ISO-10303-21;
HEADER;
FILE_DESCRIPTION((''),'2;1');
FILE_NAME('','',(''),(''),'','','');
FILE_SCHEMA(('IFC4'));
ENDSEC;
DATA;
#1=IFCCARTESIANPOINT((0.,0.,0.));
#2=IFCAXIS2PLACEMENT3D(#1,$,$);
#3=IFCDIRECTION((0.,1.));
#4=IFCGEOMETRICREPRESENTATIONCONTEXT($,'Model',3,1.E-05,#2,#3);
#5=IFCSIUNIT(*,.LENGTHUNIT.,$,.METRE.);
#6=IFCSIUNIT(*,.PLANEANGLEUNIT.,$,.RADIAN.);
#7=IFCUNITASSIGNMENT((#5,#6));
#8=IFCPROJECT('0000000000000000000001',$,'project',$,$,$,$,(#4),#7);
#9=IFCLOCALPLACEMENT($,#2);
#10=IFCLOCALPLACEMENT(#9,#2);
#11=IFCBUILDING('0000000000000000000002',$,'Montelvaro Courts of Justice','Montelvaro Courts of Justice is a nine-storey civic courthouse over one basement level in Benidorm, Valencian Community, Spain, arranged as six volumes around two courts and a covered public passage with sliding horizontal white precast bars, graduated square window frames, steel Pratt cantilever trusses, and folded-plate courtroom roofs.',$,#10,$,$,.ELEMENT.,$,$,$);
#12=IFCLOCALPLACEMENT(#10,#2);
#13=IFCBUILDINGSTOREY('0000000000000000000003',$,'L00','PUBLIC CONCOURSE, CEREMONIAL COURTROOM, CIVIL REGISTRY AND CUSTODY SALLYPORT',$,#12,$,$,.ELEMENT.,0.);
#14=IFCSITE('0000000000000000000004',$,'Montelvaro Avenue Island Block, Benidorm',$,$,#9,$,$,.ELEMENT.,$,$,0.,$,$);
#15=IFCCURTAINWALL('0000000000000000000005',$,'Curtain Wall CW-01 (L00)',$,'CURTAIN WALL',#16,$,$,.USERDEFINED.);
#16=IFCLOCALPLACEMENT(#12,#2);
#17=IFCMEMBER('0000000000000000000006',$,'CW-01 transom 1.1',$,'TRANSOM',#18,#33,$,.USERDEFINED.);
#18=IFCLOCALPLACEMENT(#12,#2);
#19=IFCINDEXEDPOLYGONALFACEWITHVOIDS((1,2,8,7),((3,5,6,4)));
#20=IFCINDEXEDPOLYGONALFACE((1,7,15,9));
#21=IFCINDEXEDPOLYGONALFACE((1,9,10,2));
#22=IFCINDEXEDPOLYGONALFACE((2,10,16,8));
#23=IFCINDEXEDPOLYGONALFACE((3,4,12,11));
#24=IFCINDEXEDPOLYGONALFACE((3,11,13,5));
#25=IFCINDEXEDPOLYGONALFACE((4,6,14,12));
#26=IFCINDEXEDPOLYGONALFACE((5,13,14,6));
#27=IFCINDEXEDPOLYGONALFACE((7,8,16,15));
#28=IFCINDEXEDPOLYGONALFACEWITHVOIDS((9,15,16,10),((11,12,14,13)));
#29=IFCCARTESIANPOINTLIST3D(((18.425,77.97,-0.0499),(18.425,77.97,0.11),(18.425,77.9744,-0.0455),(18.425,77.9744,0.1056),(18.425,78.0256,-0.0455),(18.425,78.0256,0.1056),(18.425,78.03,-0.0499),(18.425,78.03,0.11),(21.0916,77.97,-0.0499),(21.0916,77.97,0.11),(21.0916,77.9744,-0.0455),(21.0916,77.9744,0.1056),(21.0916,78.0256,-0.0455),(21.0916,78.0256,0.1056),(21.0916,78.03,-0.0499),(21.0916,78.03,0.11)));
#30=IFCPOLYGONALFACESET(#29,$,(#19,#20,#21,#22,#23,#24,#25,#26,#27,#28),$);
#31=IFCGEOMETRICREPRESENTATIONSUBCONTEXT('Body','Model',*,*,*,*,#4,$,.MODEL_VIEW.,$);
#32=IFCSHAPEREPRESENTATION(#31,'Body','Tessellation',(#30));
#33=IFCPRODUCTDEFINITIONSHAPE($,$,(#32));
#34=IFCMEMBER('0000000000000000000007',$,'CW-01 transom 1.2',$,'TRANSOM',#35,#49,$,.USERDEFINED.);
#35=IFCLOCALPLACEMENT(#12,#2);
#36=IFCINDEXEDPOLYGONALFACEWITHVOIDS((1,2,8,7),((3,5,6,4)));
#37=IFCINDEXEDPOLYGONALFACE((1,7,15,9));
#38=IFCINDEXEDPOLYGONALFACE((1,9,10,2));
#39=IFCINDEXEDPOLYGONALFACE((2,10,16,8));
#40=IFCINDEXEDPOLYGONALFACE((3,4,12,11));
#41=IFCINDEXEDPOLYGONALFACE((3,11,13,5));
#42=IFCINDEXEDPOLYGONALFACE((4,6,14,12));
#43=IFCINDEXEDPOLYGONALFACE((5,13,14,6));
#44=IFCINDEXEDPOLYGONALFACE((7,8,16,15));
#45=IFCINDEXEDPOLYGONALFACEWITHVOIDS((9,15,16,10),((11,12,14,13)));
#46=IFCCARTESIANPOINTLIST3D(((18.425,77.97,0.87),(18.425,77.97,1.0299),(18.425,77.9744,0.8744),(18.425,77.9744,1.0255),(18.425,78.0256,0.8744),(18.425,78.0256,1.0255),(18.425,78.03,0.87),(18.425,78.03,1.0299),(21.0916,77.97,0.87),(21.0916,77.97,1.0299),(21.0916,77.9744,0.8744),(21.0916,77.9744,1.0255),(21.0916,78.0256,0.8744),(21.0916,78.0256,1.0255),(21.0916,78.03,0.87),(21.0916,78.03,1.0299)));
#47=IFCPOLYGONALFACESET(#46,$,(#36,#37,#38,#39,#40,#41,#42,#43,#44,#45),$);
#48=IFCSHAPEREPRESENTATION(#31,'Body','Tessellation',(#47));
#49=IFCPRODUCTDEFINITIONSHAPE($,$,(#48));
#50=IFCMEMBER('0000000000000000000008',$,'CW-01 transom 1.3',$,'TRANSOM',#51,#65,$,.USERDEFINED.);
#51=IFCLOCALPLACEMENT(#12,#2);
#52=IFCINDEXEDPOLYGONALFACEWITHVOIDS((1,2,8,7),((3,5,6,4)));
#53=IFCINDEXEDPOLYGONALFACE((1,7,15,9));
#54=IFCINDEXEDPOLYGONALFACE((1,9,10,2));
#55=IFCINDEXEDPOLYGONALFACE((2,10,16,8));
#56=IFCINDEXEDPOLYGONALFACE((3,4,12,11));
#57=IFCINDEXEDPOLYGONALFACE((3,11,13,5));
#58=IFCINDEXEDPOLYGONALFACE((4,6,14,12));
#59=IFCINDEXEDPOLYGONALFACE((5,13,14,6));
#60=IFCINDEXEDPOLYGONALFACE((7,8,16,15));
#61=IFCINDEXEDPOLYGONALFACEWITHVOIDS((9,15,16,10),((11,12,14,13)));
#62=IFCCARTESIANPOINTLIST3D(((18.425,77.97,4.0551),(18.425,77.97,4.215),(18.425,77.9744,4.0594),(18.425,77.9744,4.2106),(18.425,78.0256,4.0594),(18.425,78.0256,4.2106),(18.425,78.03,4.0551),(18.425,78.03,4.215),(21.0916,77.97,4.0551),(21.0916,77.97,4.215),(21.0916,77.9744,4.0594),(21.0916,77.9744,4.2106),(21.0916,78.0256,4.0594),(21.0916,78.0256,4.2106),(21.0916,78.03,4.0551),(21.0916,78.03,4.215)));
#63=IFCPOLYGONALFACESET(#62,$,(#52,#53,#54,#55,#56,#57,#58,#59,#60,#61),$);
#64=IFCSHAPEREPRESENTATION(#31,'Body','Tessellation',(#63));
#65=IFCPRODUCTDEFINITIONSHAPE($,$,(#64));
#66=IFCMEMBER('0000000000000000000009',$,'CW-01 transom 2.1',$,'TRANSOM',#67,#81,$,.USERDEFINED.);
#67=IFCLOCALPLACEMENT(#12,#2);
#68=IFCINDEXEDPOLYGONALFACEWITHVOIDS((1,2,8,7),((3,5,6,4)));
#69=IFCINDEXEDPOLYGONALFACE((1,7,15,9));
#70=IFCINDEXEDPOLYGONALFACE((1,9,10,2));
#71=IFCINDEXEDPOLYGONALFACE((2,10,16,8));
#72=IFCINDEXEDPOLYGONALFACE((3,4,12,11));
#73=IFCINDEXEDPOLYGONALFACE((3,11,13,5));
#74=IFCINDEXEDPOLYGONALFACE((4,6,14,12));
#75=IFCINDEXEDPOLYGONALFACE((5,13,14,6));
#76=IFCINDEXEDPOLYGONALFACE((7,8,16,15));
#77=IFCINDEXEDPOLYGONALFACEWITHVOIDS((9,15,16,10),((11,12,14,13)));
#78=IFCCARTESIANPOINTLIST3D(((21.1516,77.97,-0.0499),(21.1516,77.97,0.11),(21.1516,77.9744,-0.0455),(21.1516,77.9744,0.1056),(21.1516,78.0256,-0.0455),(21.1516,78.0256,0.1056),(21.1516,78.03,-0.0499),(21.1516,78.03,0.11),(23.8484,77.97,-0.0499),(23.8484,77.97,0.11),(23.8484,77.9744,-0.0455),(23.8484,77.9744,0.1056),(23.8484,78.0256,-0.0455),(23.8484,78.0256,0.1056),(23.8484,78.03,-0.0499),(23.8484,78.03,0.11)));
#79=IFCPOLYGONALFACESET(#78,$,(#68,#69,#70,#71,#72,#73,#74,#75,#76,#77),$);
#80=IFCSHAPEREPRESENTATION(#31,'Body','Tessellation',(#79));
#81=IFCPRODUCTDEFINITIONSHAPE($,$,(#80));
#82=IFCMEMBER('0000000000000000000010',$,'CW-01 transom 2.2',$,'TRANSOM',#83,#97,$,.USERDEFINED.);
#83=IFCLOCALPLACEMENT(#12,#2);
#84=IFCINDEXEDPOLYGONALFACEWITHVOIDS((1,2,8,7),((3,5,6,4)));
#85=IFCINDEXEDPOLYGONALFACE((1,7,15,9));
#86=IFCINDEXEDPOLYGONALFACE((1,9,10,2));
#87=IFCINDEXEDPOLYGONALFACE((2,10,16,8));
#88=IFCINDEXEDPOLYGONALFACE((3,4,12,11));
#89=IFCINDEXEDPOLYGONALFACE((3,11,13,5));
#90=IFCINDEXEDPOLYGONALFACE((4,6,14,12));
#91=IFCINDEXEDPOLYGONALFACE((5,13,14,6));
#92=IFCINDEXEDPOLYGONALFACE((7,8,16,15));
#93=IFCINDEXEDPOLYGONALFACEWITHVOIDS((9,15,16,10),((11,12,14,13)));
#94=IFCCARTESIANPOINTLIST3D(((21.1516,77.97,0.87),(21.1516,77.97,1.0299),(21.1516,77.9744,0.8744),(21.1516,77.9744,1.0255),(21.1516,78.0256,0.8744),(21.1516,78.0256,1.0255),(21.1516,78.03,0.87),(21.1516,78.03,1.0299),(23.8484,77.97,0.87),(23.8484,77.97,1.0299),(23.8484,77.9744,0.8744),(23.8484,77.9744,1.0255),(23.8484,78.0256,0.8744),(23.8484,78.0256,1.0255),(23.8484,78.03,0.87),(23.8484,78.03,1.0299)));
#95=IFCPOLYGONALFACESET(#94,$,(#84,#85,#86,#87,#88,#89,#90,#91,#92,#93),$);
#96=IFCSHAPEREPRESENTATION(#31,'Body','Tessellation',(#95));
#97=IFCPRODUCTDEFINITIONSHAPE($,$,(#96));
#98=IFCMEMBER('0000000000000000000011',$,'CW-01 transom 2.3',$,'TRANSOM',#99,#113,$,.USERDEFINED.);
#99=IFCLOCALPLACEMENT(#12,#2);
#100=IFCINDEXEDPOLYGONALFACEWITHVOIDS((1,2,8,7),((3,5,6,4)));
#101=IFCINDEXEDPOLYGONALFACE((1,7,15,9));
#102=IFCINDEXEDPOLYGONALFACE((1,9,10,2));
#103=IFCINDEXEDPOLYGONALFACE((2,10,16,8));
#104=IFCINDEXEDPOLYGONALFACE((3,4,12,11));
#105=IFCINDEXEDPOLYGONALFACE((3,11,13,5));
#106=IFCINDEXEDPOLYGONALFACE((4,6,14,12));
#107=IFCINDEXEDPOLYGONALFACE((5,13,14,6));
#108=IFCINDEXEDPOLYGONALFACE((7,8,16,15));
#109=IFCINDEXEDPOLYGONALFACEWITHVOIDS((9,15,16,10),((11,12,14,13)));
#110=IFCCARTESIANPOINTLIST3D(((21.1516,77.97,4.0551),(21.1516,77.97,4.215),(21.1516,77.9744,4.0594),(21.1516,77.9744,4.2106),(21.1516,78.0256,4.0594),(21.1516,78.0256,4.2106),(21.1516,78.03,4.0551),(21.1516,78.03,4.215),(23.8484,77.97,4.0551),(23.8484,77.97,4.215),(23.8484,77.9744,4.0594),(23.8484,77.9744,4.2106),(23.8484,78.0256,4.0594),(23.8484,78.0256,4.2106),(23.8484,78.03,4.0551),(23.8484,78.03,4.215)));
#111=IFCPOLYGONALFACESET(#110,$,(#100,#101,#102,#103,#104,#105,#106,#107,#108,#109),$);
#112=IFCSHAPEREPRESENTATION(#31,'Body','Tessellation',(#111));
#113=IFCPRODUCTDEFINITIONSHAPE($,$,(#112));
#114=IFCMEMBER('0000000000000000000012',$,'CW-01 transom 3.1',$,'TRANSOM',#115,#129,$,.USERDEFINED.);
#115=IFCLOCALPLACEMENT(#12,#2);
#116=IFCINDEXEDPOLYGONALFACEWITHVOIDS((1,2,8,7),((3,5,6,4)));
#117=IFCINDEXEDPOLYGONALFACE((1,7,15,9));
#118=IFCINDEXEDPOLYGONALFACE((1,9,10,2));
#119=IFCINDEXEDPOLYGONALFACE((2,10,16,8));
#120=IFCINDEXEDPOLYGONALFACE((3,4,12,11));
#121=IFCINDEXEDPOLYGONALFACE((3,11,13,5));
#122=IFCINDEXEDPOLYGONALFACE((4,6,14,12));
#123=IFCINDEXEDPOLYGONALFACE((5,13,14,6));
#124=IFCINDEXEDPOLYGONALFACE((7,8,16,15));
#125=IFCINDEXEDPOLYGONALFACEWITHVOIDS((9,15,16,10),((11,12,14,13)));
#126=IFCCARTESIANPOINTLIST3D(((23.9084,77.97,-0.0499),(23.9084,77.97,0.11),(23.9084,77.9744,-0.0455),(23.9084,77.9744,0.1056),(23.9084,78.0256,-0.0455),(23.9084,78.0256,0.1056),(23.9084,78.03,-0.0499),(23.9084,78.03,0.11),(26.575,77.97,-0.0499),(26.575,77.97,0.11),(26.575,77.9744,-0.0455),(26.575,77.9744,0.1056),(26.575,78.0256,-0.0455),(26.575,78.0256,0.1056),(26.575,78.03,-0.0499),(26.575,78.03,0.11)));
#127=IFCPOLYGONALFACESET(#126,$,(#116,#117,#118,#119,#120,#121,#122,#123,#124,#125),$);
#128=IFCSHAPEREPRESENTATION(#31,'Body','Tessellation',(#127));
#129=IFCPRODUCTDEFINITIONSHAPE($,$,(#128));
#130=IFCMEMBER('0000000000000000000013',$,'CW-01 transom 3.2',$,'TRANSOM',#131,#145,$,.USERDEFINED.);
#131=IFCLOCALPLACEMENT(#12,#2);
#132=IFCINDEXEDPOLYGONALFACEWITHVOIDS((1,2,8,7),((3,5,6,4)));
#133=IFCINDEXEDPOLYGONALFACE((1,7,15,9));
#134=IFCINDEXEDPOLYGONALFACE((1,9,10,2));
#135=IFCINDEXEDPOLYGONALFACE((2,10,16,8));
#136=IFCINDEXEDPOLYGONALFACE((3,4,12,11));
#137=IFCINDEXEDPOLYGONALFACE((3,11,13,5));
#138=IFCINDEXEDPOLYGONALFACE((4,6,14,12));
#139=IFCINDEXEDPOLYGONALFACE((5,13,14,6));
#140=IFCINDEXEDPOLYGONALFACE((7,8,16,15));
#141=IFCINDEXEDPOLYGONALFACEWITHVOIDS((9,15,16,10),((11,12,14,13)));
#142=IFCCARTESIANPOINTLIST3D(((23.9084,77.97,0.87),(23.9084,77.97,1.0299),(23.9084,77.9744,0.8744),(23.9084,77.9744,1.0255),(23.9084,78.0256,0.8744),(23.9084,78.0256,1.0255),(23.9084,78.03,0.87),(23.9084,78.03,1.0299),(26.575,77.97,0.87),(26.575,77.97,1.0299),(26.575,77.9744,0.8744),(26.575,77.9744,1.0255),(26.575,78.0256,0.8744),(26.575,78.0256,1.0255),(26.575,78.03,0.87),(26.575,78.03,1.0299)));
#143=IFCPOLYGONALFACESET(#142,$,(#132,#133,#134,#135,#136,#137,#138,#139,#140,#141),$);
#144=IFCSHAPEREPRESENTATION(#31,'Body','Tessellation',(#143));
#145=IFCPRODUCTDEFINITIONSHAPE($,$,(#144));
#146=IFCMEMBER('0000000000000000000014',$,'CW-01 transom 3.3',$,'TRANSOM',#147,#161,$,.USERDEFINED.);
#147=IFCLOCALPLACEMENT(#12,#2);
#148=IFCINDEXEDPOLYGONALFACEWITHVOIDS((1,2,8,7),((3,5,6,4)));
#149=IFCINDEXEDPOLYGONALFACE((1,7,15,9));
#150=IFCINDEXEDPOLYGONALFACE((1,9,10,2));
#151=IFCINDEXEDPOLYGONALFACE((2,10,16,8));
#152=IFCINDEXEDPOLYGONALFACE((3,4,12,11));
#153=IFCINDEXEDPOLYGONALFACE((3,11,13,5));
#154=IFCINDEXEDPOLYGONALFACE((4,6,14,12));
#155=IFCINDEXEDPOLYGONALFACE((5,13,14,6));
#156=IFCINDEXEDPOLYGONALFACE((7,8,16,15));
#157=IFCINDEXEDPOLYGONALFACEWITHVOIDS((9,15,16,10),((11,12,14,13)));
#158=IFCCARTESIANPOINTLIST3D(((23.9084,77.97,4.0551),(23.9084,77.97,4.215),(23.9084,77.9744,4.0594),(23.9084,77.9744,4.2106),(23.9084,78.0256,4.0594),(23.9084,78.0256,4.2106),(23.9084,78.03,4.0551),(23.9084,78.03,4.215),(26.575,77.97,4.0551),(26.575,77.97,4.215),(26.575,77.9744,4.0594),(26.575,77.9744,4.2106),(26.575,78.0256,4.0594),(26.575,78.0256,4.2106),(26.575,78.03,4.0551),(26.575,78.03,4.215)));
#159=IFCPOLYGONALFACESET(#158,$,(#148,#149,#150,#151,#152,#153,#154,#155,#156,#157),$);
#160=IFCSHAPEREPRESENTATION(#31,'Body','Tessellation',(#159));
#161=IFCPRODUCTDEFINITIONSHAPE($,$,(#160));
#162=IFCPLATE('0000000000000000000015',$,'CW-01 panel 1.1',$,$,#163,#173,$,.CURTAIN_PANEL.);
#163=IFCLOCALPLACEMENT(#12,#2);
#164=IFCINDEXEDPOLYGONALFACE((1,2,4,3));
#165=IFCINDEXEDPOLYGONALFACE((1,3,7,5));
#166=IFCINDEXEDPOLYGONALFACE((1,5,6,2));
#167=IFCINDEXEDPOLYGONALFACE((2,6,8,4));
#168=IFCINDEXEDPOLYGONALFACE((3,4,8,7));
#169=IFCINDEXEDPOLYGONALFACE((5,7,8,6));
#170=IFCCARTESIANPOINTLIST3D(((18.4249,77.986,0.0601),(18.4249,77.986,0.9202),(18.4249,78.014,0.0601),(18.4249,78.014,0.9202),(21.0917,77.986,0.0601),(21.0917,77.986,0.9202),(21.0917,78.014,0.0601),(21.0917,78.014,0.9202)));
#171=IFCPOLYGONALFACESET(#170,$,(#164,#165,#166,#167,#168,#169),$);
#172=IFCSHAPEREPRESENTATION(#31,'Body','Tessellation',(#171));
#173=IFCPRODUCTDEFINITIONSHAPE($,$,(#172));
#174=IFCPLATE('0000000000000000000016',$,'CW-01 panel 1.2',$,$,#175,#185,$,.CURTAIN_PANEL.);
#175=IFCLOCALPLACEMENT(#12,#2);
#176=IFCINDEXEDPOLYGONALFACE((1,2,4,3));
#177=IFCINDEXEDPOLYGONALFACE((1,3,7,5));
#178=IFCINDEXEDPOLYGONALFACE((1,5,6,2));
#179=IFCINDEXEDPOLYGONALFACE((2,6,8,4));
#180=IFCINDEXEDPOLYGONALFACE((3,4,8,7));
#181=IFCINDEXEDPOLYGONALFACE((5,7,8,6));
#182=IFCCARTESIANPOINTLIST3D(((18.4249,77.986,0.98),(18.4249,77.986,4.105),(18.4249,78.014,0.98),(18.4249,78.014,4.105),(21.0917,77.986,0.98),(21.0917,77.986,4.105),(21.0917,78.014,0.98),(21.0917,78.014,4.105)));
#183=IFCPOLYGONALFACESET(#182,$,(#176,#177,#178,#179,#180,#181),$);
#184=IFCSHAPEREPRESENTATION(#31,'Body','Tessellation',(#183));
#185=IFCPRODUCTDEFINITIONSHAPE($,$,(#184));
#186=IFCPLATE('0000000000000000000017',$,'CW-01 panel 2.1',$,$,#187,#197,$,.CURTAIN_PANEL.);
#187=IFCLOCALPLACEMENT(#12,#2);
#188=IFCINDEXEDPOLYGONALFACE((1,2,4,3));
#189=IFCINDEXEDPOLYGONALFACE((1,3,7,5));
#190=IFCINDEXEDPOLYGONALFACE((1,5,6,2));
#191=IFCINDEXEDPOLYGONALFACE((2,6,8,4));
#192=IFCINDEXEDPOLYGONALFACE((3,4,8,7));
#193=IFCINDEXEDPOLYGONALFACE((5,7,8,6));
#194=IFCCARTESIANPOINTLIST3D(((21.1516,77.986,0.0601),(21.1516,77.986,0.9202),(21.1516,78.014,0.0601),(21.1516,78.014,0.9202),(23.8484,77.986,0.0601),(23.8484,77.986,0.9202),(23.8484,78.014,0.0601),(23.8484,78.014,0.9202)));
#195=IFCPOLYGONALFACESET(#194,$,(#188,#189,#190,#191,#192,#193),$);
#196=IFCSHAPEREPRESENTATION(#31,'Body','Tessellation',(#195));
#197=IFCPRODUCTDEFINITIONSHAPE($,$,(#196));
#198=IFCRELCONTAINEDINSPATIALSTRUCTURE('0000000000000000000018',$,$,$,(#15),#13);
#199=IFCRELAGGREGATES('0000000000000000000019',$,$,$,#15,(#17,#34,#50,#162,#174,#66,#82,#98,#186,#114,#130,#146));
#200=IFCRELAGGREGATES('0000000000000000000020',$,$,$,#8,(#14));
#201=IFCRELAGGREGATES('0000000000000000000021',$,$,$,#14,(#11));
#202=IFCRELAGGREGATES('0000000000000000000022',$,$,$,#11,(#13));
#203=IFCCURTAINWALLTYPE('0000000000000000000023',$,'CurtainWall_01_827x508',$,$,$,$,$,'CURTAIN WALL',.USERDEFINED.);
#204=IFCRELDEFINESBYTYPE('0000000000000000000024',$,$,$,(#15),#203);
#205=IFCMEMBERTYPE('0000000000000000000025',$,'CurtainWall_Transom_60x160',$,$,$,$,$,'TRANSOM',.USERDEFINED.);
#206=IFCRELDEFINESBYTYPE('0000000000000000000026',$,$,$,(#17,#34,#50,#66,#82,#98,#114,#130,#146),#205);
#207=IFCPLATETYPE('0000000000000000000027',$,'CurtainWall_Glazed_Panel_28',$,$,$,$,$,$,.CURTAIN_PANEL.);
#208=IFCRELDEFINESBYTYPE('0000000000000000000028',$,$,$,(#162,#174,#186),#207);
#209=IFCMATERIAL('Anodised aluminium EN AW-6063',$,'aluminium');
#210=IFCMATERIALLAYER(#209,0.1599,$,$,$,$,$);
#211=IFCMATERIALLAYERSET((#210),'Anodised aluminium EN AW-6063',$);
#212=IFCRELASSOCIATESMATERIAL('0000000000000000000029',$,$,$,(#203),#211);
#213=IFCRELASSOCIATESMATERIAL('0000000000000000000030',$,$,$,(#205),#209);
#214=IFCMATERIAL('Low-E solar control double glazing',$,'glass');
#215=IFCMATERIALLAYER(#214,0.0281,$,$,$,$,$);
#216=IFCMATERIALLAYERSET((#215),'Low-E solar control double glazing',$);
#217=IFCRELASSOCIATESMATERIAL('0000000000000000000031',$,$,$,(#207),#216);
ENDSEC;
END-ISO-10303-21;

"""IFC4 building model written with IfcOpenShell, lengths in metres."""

from ifc_helpers import new_model, si_unit, direction, frame, origin, origin_2d, place, context, subcontext, project, spatial, rectangle, hollow_rectangle, extrude, material, layer, layer_set, material_profile, profile_set, type_object, element, aggregate, save


model = new_model("IFC4")

# Units and contexts
model_context = context("Model", 3, precision=1e-05, world=origin(), true_north=direction((0.0, 1.0)))
body_context = subcontext(model_context, "Body", "Model", "MODEL_VIEW")
ifc_project = project(units=[si_unit("LENGTHUNIT", "METRE"), si_unit("PLANEANGLEUNIT", "RADIAN")], contexts=[model_context])

# Site, building, storey
site_placement = place(None, origin())
site = spatial("IfcSite", under=ifc_project, at=site_placement, Name="Montelvaro Avenue Island Block, Benidorm", CompositionType="ELEMENT", RefElevation=0.0)
building_placement = place(site_placement, origin())
building = spatial("IfcBuilding", under=site, at=building_placement, Name="Montelvaro Courts of Justice", Description="Montelvaro Courts of Justice is a nine-storey civic courthouse over one basement level in Benidorm, Valencian Community, Spain, arranged as six volumes around two courts and a covered public passage with sliding horizontal white precast bars, graduated square window frames, steel Pratt cantilever trusses, and folded-plate courtroom roofs.", CompositionType="ELEMENT")
storey_placement = place(building_placement, origin())
storey = spatial("IfcBuildingStorey", under=building, at=storey_placement, Name="L00", Description="PUBLIC CONCOURSE, CEREMONIAL COURTROOM, CIVIL REGISTRY AND CUSTODY SALLYPORT", CompositionType="ELEMENT", Elevation=0.0)

# Curtain wall
ifc_material_1 = material(Name="Anodised aluminium EN AW-6063", Category="aluminium")
ifc_layer_1 = layer(ifc_material_1, 0.1599)
ifc_layer_set_1 = layer_set([ifc_layer_1], Name="Anodised aluminium EN AW-6063")
curtain_wall_type_1 = type_object("IfcCurtainWallType", Name="CurtainWall_01_827x508", ElementType="CURTAIN WALL", PredefinedType="USERDEFINED", material=ifc_layer_set_1)
curtain_wall_1_placement = place(storey_placement, origin())
curtain_wall_1 = element("IfcCurtainWall", 1, at=curtain_wall_1_placement, inside=storey, type_object=curtain_wall_type_1, Name="Curtain Wall CW-01 (L00)", ObjectType="CURTAIN WALL", PredefinedType="USERDEFINED")

# Members
ifc_material_profile_1 = material_profile(ifc_material_1, hollow_rectangle(XDim=0.0601, YDim=0.1599, WallThickness=0.0044, at=origin_2d()), Name="ALU-T 60x160")
ifc_profile_set_1 = profile_set([ifc_material_profile_1], Name="Anodised aluminium EN AW-6063")
member_type_1 = type_object("IfcMemberType", Name="CurtainWall_Transom_60x160", ElementType="TRANSOM", PredefinedType="USERDEFINED", material=ifc_profile_set_1)
member_1_placement = place(storey_placement, frame((18.425, 78.0, 0.03), z_axis=(1.0, 0.0, 0.0), x_axis=(0.0, 1.0, 0.0)))
member_1 = element("IfcMember", 2, at=member_1_placement, type_object=member_type_1, Name="CW-01 transom 1.1", ObjectType="TRANSOM", PredefinedType="USERDEFINED", context=body_context, shape_type="SweptSolid", body=[
    extrude(hollow_rectangle(XDim=0.0601, YDim=0.1599, WallThickness=0.0044, at=origin_2d()), origin(), (0.0, 0.0, 1.0), 2.6665),
])
member_2_placement = place(storey_placement, frame((18.425, 78.0, 0.95), z_axis=(1.0, 0.0, 0.0), x_axis=(0.0, 1.0, 0.0)))
member_2 = element("IfcMember", 3, at=member_2_placement, type_object=member_type_1, Name="CW-01 transom 1.2", ObjectType="TRANSOM", PredefinedType="USERDEFINED", context=body_context, shape_type="SweptSolid", body=[
    extrude(hollow_rectangle(XDim=0.0601, YDim=0.1599, WallThickness=0.0044, at=origin_2d()), origin(), (0.0, 0.0, 1.0), 2.6665),
])
member_3_placement = place(storey_placement, frame((18.425, 78.0, 4.135), z_axis=(1.0, 0.0, 0.0), x_axis=(0.0, 1.0, 0.0)))
member_3 = element("IfcMember", 4, at=member_3_placement, type_object=member_type_1, Name="CW-01 transom 1.3", ObjectType="TRANSOM", PredefinedType="USERDEFINED", context=body_context, shape_type="SweptSolid", body=[
    extrude(hollow_rectangle(XDim=0.0601, YDim=0.1599, WallThickness=0.0044, at=origin_2d()), origin(), (0.0, 0.0, 1.0), 2.6665),
])
member_4_placement = place(storey_placement, frame((21.1516, 78.0, 0.03), z_axis=(1.0, 0.0, 0.0), x_axis=(0.0, 1.0, 0.0)))
member_4 = element("IfcMember", 5, at=member_4_placement, type_object=member_type_1, Name="CW-01 transom 2.1", ObjectType="TRANSOM", PredefinedType="USERDEFINED", context=body_context, shape_type="SweptSolid", body=[
    extrude(hollow_rectangle(XDim=0.0601, YDim=0.1599, WallThickness=0.0044, at=origin_2d()), origin(), (0.0, 0.0, 1.0), 2.6968),
])
member_5_placement = place(storey_placement, frame((21.1516, 78.0, 0.95), z_axis=(1.0, 0.0, 0.0), x_axis=(0.0, 1.0, 0.0)))
member_5 = element("IfcMember", 6, at=member_5_placement, type_object=member_type_1, Name="CW-01 transom 2.2", ObjectType="TRANSOM", PredefinedType="USERDEFINED", context=body_context, shape_type="SweptSolid", body=[
    extrude(hollow_rectangle(XDim=0.0601, YDim=0.1599, WallThickness=0.0044, at=origin_2d()), origin(), (0.0, 0.0, 1.0), 2.6968),
])
member_6_placement = place(storey_placement, frame((21.1516, 78.0, 4.135), z_axis=(1.0, 0.0, 0.0), x_axis=(0.0, 1.0, 0.0)))
member_6 = element("IfcMember", 7, at=member_6_placement, type_object=member_type_1, Name="CW-01 transom 2.3", ObjectType="TRANSOM", PredefinedType="USERDEFINED", context=body_context, shape_type="SweptSolid", body=[
    extrude(hollow_rectangle(XDim=0.0601, YDim=0.1599, WallThickness=0.0044, at=origin_2d()), origin(), (0.0, 0.0, 1.0), 2.6968),
])
member_7_placement = place(storey_placement, frame((23.9084, 78.0, 0.03), z_axis=(1.0, 0.0, 0.0), x_axis=(0.0, 1.0, 0.0)))
member_7 = element("IfcMember", 8, at=member_7_placement, type_object=member_type_1, Name="CW-01 transom 3.1", ObjectType="TRANSOM", PredefinedType="USERDEFINED", context=body_context, shape_type="SweptSolid", body=[
    extrude(hollow_rectangle(XDim=0.0601, YDim=0.1599, WallThickness=0.0044, at=origin_2d()), origin(), (0.0, 0.0, 1.0), 2.6665),
])
member_8_placement = place(storey_placement, frame((23.9084, 78.0, 0.95), z_axis=(1.0, 0.0, 0.0), x_axis=(0.0, 1.0, 0.0)))
member_8 = element("IfcMember", 9, at=member_8_placement, type_object=member_type_1, Name="CW-01 transom 3.2", ObjectType="TRANSOM", PredefinedType="USERDEFINED", context=body_context, shape_type="SweptSolid", body=[
    extrude(hollow_rectangle(XDim=0.0601, YDim=0.1599, WallThickness=0.0044, at=origin_2d()), origin(), (0.0, 0.0, 1.0), 2.6665),
])
member_9_placement = place(storey_placement, frame((23.9084, 78.0, 4.135), z_axis=(1.0, 0.0, 0.0), x_axis=(0.0, 1.0, 0.0)))
member_9 = element("IfcMember", 10, at=member_9_placement, type_object=member_type_1, Name="CW-01 transom 3.3", ObjectType="TRANSOM", PredefinedType="USERDEFINED", context=body_context, shape_type="SweptSolid", body=[
    extrude(hollow_rectangle(XDim=0.0601, YDim=0.1599, WallThickness=0.0044, at=origin_2d()), origin(), (0.0, 0.0, 1.0), 2.6665),
])

# Plates
ifc_material_2 = material(Name="Low-E solar control double glazing", Category="glass")
ifc_layer_2 = layer(ifc_material_2, 0.0281)
ifc_layer_set_2 = layer_set([ifc_layer_2], Name="Low-E solar control double glazing")
plate_type_1 = type_object("IfcPlateType", Name="CurtainWall_Glazed_Panel_28", PredefinedType="CURTAIN_PANEL", material=ifc_layer_set_2)
plate_1_placement = place(storey_placement, frame((19.7583, 78.0, 0.0601), z_axis=(0.0, 0.0, 1.0), x_axis=(1.0, 0.0, 0.0)))
plate_1 = element("IfcPlate", 11, at=plate_1_placement, type_object=plate_type_1, Name="CW-01 panel 1.1", PredefinedType="CURTAIN_PANEL", context=body_context, shape_type="SweptSolid", body=[
    extrude(rectangle(XDim=2.6667, YDim=0.0281, at=origin_2d()), origin(), (0.0, 0.0, 1.0), 0.8601),
])
plate_2_placement = place(storey_placement, frame((19.7583, 78.0, 0.98), z_axis=(0.0, 0.0, 1.0), x_axis=(1.0, 0.0, 0.0)))
plate_2 = element("IfcPlate", 12, at=plate_2_placement, type_object=plate_type_1, Name="CW-01 panel 1.2", PredefinedType="CURTAIN_PANEL", context=body_context, shape_type="SweptSolid", body=[
    extrude(rectangle(XDim=2.6667, YDim=0.0281, at=origin_2d()), origin(), (0.0, 0.0, 1.0), 3.125),
])
plate_3_placement = place(storey_placement, frame((22.5, 78.0, 0.0601), z_axis=(0.0, 0.0, 1.0), x_axis=(1.0, 0.0, 0.0)))
plate_3 = element("IfcPlate", 13, at=plate_3_placement, type_object=plate_type_1, Name="CW-01 panel 2.1", PredefinedType="CURTAIN_PANEL", context=body_context, shape_type="SweptSolid", body=[
    extrude(rectangle(XDim=2.6968, YDim=0.0281, at=origin_2d()), origin(), (0.0, 0.0, 1.0), 0.8601),
])
aggregate(curtain_wall_1, [member_1, member_2, member_3, plate_1, plate_2, member_4, member_5, member_6, plate_3, member_7, member_8, member_9])

save(model, "model.ifc")
